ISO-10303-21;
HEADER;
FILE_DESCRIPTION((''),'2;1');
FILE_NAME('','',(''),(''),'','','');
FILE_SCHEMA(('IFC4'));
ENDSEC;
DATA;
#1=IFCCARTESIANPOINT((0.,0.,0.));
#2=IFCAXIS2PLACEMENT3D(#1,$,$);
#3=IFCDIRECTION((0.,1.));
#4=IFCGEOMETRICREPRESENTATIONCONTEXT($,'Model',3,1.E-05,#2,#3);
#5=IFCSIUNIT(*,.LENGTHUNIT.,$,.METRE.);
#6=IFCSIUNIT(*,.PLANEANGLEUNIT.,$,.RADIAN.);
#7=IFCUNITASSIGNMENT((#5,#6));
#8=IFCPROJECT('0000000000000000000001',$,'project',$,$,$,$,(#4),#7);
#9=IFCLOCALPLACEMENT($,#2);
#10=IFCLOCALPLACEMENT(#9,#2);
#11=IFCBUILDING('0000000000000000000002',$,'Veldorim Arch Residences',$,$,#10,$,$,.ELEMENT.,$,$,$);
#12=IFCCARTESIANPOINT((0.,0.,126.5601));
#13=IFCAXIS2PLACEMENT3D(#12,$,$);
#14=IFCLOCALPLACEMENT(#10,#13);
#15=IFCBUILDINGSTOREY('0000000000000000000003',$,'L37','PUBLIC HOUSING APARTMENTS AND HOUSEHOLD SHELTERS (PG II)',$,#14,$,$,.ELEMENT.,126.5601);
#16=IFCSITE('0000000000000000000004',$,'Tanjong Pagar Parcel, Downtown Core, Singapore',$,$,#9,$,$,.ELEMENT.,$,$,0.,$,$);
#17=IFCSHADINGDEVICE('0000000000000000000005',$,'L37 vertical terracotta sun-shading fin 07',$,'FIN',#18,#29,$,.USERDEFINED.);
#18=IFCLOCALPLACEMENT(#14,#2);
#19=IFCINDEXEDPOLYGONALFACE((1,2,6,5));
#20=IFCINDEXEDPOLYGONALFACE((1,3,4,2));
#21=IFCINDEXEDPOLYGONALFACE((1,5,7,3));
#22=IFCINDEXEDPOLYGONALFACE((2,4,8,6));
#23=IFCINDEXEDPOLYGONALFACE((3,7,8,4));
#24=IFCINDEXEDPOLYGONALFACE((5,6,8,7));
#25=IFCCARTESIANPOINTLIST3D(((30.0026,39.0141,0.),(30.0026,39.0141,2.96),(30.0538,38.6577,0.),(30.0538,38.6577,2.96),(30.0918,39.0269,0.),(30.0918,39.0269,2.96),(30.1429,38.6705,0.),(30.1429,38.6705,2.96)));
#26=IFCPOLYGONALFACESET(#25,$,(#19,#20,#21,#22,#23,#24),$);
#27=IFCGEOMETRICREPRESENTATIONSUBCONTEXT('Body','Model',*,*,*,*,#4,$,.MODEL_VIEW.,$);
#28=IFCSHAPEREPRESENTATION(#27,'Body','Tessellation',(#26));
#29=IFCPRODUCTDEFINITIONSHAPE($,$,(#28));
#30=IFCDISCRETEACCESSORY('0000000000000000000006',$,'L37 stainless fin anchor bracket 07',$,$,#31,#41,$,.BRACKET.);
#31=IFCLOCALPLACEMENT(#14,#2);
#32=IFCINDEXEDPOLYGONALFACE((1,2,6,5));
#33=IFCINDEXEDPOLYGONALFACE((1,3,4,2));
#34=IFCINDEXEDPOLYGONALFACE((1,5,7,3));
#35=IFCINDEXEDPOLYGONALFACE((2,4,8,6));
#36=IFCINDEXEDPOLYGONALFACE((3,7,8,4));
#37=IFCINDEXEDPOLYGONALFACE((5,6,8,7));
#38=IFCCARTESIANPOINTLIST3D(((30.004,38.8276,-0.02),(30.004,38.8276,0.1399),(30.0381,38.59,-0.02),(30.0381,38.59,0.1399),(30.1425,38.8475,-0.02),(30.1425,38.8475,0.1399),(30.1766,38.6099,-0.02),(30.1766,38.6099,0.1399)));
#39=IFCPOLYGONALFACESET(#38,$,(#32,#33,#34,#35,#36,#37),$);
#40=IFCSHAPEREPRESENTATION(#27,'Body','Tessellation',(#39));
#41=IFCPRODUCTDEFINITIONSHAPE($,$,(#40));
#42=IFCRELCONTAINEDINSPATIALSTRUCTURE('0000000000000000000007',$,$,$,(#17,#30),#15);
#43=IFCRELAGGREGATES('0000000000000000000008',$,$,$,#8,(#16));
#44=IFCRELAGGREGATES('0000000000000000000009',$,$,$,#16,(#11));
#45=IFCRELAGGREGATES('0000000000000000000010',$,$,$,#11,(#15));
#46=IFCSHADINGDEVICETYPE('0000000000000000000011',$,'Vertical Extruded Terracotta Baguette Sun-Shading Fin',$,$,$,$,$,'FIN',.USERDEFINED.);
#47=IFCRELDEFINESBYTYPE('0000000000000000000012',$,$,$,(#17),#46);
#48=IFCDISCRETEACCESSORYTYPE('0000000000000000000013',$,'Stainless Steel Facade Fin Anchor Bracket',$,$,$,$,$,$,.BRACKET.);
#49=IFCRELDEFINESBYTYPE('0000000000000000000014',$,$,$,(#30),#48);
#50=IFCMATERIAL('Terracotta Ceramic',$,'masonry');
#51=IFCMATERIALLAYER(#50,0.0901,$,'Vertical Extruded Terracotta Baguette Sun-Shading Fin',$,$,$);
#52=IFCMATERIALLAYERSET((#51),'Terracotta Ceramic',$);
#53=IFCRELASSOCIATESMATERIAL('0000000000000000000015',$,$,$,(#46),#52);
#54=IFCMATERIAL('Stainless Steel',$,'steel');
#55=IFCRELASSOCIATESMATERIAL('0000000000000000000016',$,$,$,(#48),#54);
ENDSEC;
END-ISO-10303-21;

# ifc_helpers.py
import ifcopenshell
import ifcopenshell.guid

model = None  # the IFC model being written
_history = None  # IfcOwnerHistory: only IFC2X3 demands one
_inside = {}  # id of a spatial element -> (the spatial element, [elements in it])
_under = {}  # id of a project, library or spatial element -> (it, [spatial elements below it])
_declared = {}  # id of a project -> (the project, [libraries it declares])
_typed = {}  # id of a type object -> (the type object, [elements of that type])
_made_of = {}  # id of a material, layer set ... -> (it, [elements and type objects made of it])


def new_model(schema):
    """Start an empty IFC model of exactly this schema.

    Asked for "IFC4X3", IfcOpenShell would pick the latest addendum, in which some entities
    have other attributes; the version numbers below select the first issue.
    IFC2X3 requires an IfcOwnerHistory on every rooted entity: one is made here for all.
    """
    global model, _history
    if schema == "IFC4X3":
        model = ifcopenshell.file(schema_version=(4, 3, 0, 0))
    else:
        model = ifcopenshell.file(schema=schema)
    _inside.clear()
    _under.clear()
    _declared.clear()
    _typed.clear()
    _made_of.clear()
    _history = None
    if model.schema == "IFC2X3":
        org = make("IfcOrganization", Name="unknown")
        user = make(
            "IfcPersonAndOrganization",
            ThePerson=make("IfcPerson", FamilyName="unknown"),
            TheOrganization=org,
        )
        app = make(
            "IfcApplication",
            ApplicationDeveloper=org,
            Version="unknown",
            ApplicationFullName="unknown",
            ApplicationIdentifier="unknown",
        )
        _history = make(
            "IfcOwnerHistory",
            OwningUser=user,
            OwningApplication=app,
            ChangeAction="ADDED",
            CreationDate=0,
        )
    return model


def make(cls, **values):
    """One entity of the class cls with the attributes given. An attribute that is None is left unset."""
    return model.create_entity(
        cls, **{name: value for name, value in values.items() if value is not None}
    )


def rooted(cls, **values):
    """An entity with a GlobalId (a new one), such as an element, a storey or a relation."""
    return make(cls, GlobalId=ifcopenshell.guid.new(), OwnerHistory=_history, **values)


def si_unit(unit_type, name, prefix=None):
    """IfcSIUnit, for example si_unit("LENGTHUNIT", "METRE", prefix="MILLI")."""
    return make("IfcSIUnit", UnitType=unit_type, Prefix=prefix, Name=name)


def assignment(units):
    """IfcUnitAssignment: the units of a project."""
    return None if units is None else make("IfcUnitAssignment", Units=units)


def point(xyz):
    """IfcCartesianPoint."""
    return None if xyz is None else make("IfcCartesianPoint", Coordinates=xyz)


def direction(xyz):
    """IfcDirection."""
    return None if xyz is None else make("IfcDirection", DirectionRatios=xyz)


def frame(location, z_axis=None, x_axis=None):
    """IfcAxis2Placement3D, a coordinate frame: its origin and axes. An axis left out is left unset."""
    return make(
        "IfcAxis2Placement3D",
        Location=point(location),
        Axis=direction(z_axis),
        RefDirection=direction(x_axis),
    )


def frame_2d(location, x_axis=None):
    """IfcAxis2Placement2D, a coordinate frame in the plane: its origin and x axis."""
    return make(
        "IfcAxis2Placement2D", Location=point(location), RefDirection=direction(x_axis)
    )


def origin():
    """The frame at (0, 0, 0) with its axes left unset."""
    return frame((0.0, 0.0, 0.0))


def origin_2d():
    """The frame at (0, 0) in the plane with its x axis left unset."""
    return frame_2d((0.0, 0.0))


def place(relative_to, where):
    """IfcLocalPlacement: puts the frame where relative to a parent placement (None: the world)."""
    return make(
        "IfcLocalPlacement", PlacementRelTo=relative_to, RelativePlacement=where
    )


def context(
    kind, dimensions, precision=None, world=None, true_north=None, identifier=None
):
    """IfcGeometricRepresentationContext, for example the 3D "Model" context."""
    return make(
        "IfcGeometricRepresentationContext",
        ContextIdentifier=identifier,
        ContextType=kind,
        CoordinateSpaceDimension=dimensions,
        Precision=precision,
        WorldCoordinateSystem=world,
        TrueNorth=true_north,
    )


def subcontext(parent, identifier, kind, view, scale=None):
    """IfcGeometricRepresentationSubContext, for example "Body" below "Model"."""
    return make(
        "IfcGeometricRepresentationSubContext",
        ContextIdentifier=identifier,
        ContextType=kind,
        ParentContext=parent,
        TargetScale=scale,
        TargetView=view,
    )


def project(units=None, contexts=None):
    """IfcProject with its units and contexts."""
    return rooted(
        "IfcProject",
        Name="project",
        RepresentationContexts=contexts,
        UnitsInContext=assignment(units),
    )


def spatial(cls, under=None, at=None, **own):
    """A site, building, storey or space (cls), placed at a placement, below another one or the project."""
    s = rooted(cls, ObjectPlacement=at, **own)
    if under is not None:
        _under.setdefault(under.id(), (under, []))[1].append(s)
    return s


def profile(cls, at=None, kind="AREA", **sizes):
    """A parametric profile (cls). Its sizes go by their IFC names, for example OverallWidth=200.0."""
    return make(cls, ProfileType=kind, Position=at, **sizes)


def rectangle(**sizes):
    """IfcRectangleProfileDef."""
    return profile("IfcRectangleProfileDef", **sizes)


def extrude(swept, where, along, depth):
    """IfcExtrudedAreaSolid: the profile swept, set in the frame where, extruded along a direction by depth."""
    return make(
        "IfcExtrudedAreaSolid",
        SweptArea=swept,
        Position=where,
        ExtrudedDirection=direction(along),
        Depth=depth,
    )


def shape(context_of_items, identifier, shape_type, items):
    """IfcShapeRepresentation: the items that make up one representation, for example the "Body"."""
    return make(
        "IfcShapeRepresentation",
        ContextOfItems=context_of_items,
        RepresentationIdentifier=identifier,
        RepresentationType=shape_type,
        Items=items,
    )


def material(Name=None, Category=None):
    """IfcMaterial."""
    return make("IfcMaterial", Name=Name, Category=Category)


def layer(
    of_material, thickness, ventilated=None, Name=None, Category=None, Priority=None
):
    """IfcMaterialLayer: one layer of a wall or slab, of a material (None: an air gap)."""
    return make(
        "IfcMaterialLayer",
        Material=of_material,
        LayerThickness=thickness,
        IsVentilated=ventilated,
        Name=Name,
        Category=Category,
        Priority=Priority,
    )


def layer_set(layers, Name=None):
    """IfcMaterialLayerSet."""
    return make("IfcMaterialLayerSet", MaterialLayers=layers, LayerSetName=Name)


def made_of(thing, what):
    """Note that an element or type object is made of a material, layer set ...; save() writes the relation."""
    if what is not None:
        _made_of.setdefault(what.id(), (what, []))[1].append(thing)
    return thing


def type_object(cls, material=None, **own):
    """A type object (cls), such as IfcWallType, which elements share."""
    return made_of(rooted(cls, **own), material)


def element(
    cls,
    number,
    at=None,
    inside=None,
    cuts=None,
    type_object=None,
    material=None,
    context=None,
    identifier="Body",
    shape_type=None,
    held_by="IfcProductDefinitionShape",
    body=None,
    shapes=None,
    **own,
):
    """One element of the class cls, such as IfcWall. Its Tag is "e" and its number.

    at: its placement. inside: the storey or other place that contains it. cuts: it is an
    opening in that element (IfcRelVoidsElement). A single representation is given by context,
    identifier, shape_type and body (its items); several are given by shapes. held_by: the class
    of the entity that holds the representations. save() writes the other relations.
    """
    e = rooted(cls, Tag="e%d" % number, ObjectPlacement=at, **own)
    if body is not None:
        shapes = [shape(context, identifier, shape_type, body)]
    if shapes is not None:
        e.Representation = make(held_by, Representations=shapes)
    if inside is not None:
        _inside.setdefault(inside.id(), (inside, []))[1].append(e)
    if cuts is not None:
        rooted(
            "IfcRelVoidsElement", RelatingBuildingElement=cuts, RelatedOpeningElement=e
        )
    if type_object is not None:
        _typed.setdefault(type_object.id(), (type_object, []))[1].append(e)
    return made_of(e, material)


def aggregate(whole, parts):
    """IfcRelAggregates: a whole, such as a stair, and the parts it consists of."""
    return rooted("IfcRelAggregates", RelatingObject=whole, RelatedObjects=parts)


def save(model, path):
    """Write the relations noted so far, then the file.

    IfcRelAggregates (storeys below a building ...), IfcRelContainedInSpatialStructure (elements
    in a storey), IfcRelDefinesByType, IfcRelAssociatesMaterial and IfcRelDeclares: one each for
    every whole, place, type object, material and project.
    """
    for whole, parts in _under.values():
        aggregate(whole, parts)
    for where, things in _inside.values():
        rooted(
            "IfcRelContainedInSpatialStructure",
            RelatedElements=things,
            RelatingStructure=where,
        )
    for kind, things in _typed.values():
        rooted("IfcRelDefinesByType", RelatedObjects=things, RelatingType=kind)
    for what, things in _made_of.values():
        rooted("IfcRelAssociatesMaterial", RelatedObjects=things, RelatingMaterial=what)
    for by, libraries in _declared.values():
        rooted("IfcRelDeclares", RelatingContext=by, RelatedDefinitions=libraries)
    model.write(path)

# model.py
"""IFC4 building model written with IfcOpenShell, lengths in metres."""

from ifc_helpers import new_model, si_unit, direction, frame, origin, origin_2d, place, context, subcontext, project, spatial, rectangle, extrude, material, layer, layer_set, type_object, element, save


model = new_model("IFC4")

# Units and contexts
model_context = context("Model", 3, precision=1e-05, world=origin(), true_north=direction((0.0, 1.0)))
body_context = subcontext(model_context, "Body", "Model", "MODEL_VIEW")
ifc_project = project(units=[si_unit("LENGTHUNIT", "METRE"), si_unit("PLANEANGLEUNIT", "RADIAN")], contexts=[model_context])

# Site, building, storey
site_placement = place(None, origin())
site = spatial("IfcSite", under=ifc_project, at=site_placement, Name="Tanjong Pagar Parcel, Downtown Core, Singapore", CompositionType="ELEMENT", RefElevation=0.0)
building_placement = place(site_placement, origin())
building = spatial("IfcBuilding", under=site, at=building_placement, Name="Veldorim Arch Residences", CompositionType="ELEMENT")
storey_placement = place(building_placement, frame((0.0, 0.0, 126.5601)))
storey = spatial("IfcBuildingStorey", under=building, at=storey_placement, Name="L37", Description="PUBLIC HOUSING APARTMENTS AND HOUSEHOLD SHELTERS (PG II)", CompositionType="ELEMENT", Elevation=126.5601)

# Shading device
ifc_material_1 = material(Name="Terracotta Ceramic", Category="masonry")
ifc_layer_1 = layer(ifc_material_1, 0.0901, Name="Vertical Extruded Terracotta Baguette Sun-Shading Fin")
ifc_layer_set_1 = layer_set([ifc_layer_1], Name="Terracotta Ceramic")
shading_device_type = type_object("IfcShadingDeviceType", Name="Vertical Extruded Terracotta Baguette Sun-Shading Fin", ElementType="FIN", PredefinedType="USERDEFINED", material=ifc_layer_set_1)
shading_device_placement = place(storey_placement, frame((30.0728, 38.8423, 0.0), z_axis=(0.0, 0.0, 1.0), x_axis=(0.989851, 0.142111, 0.0)))
element("IfcShadingDevice", 1, at=shading_device_placement, inside=storey, type_object=shading_device_type, Name="L37 vertical terracotta sun-shading fin 07", ObjectType="FIN", PredefinedType="USERDEFINED", context=body_context, shape_type="SweptSolid", body=[
    extrude(rectangle(XDim=0.0901, YDim=0.3601, at=origin_2d()), origin(), (0.0, 0.0, 1.0), 2.96),
])

# Discrete accessory
ifc_material_2 = material(Name="Stainless Steel", Category="steel")
discrete_accessory_type = type_object("IfcDiscreteAccessoryType", Name="Stainless Steel Facade Fin Anchor Bracket", PredefinedType="BRACKET", material=ifc_material_2)
discrete_accessory_placement = place(storey_placement, frame((30.0903, 38.7188, -0.02), z_axis=(0.0, 0.0, 1.0), x_axis=(0.989851, 0.142111, 0.0)))
element("IfcDiscreteAccessory", 2, at=discrete_accessory_placement, inside=storey, type_object=discrete_accessory_type, Name="L37 stainless fin anchor bracket 07", PredefinedType="BRACKET", context=body_context, shape_type="SweptSolid", body=[
    extrude(rectangle(XDim=0.1399, YDim=0.24, at=origin_2d()), origin(), (0.0, 0.0, 1.0), 0.1599),
])

save(model, "model.ifc")
